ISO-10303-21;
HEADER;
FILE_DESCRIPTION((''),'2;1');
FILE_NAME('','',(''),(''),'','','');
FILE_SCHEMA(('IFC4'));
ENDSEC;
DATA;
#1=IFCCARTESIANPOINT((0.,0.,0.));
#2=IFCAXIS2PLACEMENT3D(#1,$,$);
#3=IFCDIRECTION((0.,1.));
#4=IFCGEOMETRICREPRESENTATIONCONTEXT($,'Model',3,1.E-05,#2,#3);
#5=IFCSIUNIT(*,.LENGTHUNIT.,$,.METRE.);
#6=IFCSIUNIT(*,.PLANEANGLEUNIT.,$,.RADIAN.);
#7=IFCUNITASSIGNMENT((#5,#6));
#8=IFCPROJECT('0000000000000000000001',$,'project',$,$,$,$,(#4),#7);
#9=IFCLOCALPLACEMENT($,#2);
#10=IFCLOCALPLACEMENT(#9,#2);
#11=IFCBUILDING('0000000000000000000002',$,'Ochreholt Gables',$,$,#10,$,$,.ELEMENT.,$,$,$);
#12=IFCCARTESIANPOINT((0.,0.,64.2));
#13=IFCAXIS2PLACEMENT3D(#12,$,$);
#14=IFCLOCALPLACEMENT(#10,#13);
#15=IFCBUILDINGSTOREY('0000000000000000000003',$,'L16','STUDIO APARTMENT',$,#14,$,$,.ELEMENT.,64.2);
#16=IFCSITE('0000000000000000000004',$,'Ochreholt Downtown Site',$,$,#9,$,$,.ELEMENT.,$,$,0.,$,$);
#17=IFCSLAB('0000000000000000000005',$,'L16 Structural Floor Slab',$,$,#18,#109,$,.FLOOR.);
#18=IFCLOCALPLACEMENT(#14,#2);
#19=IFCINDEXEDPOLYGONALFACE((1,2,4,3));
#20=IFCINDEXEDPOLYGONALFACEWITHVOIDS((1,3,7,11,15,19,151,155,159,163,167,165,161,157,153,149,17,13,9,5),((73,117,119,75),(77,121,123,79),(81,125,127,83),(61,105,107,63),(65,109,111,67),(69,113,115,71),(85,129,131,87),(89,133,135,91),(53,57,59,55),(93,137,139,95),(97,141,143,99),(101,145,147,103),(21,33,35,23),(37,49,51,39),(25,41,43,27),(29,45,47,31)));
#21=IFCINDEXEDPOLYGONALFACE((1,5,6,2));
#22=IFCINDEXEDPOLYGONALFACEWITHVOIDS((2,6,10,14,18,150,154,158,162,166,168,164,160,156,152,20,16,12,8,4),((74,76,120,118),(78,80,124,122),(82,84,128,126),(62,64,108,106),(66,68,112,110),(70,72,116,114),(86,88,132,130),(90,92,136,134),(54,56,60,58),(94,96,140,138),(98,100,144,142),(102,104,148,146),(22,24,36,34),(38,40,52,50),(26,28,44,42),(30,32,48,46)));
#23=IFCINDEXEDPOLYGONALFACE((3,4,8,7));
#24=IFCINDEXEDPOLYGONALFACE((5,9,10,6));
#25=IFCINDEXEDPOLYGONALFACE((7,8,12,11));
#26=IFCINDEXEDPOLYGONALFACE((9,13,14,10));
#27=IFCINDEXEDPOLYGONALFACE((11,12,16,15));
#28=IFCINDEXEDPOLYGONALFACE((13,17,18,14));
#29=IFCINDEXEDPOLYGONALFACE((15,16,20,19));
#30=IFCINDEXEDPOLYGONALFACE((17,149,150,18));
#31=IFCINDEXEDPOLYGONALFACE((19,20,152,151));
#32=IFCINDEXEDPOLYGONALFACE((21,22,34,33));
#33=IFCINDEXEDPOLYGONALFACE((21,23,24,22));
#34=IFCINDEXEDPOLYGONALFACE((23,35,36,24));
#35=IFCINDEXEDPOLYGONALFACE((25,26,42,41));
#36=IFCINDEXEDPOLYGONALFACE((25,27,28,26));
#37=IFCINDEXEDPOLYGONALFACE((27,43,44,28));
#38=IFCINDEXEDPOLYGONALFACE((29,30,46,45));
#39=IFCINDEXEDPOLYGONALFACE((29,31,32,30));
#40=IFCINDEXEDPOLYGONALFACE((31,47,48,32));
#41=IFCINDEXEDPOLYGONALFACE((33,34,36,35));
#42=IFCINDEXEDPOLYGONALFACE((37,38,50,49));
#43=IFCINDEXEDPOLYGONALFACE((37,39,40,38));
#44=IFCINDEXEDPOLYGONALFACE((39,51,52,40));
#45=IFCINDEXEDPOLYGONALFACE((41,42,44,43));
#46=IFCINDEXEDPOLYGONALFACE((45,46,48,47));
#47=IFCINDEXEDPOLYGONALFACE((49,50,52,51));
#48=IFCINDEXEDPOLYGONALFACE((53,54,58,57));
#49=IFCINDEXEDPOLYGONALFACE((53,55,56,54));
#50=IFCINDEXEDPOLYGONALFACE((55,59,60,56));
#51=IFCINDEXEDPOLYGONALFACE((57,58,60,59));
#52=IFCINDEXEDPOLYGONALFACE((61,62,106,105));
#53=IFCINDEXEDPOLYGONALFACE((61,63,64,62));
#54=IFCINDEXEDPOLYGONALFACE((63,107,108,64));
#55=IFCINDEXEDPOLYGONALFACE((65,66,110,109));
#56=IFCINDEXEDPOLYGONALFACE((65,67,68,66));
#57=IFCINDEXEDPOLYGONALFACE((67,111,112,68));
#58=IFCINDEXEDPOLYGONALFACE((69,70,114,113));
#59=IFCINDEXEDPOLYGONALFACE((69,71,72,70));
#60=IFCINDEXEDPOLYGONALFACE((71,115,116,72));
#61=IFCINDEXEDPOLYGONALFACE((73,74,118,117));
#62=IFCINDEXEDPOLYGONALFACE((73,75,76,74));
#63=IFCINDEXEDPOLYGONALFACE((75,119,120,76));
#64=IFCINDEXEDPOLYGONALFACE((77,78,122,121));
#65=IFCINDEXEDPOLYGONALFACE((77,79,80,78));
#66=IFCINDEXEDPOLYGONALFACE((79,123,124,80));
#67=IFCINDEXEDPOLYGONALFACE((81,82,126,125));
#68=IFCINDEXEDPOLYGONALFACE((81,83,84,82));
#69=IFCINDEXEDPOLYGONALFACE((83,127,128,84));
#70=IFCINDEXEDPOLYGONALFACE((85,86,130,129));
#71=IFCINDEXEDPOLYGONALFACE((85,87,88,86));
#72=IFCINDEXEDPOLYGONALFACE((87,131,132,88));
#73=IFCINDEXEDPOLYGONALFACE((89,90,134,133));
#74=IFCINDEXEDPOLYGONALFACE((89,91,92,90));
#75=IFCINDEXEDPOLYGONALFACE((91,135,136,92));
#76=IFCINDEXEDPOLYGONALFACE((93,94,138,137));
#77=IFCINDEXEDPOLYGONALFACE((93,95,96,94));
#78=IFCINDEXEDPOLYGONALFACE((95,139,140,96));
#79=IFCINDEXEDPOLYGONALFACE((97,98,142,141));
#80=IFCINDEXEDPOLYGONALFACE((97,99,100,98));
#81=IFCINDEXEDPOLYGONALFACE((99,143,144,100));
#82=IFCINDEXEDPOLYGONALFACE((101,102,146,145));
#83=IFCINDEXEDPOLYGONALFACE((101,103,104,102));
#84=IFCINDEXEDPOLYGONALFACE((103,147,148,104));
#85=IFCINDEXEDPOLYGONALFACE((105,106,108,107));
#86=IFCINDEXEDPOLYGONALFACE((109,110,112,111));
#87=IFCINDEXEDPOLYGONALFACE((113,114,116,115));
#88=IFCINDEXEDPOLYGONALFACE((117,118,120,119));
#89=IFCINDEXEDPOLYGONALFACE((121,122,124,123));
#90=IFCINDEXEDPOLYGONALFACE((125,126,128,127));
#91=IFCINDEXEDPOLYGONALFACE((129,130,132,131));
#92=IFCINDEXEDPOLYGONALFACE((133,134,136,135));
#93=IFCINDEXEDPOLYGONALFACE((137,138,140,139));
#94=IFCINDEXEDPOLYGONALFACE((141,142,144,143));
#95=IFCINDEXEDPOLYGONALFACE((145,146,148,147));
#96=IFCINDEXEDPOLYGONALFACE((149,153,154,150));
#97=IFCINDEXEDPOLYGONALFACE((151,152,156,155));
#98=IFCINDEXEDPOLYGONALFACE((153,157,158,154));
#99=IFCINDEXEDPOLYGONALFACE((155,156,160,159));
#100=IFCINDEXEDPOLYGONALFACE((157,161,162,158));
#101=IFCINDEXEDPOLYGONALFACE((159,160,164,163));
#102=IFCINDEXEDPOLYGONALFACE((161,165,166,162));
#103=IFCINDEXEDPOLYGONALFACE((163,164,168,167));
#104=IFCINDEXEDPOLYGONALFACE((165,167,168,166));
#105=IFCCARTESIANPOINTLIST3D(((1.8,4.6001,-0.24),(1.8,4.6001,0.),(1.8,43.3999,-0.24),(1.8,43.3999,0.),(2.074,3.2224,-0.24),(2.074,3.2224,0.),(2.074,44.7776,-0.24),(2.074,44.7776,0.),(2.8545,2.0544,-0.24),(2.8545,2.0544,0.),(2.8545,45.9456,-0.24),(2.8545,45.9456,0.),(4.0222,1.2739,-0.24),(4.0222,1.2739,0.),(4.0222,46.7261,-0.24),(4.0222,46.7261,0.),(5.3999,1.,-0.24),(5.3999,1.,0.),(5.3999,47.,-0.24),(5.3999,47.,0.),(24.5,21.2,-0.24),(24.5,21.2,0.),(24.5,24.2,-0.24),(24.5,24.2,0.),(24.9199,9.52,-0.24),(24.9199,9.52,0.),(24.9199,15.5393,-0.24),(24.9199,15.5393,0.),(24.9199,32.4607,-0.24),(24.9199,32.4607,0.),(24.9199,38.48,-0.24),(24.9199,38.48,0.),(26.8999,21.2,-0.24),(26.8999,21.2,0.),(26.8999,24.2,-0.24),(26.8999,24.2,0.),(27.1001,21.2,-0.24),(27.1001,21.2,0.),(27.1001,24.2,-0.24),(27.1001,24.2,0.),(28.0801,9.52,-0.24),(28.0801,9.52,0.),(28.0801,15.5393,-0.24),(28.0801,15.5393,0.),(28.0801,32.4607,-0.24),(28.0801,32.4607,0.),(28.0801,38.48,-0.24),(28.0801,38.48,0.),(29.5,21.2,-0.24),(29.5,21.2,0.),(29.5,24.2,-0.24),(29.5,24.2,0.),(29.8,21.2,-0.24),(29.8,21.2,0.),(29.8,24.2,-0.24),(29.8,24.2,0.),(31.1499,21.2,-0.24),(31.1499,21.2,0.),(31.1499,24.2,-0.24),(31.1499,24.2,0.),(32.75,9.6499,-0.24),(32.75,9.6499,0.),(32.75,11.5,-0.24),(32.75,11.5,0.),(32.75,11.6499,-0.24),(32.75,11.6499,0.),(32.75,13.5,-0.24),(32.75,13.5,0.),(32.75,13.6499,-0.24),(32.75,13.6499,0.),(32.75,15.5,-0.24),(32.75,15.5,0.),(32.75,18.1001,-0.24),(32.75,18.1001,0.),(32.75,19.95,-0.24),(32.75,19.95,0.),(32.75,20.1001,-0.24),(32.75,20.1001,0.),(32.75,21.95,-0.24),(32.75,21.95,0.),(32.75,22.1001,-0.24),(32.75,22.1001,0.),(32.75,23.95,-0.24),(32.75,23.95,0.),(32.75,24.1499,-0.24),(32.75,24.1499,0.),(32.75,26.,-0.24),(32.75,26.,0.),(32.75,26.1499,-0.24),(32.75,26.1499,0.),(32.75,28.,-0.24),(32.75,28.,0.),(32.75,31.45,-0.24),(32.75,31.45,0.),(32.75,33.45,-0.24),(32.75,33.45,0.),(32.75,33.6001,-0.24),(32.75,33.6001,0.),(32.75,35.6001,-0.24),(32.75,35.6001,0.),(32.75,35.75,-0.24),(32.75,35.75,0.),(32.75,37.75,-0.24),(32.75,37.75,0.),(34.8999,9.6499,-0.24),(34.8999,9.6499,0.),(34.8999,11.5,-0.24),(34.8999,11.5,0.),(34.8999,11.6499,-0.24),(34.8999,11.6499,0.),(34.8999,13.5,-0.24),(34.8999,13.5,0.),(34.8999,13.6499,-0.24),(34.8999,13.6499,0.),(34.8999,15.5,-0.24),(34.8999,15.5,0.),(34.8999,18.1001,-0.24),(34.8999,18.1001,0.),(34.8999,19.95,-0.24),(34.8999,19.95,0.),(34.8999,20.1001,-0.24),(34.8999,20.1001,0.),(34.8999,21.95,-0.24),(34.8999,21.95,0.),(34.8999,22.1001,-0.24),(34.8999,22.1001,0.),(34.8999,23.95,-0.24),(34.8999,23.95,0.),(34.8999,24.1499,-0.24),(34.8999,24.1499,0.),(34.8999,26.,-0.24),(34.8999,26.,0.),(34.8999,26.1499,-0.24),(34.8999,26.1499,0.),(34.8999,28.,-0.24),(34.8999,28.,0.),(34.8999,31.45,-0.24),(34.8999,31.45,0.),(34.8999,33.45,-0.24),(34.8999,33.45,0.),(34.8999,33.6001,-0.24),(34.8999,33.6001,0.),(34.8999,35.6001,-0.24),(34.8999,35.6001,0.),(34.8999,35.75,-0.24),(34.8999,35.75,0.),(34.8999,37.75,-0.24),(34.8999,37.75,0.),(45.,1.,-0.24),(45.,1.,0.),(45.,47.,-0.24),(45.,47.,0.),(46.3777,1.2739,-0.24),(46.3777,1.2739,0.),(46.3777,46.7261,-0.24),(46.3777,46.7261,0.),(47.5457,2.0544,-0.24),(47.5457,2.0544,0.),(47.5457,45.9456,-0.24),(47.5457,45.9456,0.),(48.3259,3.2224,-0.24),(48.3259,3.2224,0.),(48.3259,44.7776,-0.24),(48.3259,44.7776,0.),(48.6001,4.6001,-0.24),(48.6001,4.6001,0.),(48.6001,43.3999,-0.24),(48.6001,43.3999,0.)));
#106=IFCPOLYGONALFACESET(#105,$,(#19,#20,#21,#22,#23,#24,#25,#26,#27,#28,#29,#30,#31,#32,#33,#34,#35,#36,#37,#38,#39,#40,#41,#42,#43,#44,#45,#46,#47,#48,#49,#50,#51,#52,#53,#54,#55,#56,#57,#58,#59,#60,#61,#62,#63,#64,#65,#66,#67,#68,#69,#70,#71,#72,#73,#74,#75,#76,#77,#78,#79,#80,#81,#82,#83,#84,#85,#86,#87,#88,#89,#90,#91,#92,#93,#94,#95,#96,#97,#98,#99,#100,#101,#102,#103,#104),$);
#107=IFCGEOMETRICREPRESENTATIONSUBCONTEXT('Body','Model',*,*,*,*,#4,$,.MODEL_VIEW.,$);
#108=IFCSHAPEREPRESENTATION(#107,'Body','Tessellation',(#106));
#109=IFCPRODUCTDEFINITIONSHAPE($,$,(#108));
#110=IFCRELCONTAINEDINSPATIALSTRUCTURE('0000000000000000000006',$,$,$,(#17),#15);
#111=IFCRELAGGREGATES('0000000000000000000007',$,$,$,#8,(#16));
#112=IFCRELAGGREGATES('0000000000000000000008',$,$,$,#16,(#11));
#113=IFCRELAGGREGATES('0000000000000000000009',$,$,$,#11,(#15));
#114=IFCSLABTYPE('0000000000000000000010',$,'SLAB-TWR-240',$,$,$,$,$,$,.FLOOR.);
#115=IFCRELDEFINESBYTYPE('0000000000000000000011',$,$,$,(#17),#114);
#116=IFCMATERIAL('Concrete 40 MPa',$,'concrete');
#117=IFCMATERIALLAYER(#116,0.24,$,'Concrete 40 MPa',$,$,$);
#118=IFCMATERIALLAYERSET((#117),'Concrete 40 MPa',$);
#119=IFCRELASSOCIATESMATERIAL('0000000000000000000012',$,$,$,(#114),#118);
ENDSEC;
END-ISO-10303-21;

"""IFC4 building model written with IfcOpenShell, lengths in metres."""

from ifc_helpers import new_model, si_unit, direction, frame, origin, place, context, subcontext, project, spatial, polyline, outline, extrude, material, layer, layer_set, type_object, element, save


model = new_model("IFC4")

# Units and contexts
model_context = context("Model", 3, precision=1e-05, world=origin(), true_north=direction((0.0, 1.0)))
body_context = subcontext(model_context, "Body", "Model", "MODEL_VIEW")
ifc_project = project(units=[si_unit("LENGTHUNIT", "METRE"), si_unit("PLANEANGLEUNIT", "RADIAN")], contexts=[model_context])

# Site, building, storey
site_placement = place(None, origin())
site = spatial("IfcSite", under=ifc_project, at=site_placement, Name="Ochreholt Downtown Site", CompositionType="ELEMENT", RefElevation=0.0)
building_placement = place(site_placement, origin())
building = spatial("IfcBuilding", under=site, at=building_placement, Name="Ochreholt Gables", CompositionType="ELEMENT")
storey_placement = place(building_placement, frame((0.0, 0.0, 64.2)))
storey = spatial("IfcBuildingStorey", under=building, at=storey_placement, Name="L16", Description="STUDIO APARTMENT", CompositionType="ELEMENT", Elevation=64.2)

# Shared definitions
ifc_material_1 = material(Name="Concrete 40 MPa", Category="concrete")

# Slab
ifc_layer_1 = layer(ifc_material_1, 0.24, Name="Concrete 40 MPa")
ifc_layer_set_1 = layer_set([ifc_layer_1], Name="Concrete 40 MPa")
slab_type_1 = type_object("IfcSlabType", Name="SLAB-TWR-240", PredefinedType="FLOOR", material=ifc_layer_set_1)
slab_1_placement = place(storey_placement, frame((0.0, 0.0, -0.24)))
element("IfcSlab", 1, at=slab_1_placement, inside=storey, type_object=slab_type_1, Name="L16 Structural Floor Slab", PredefinedType="FLOOR", context=body_context, shape_type="SweptSolid", body=[
    extrude(outline(polyline([(1.8, 4.6001), (2.074, 3.2224), (2.8545, 2.0544), (4.0222, 1.2739), (5.3999, 1.0), (45.0, 1.0), (46.3777, 1.2739), (47.5457, 2.0544), (48.3259, 3.2224), (48.6001, 4.6001), (48.6001, 43.3999), (48.3259, 44.7776), (47.5457, 45.9456), (46.3777, 46.7261), (45.0, 47.0), (5.3999, 47.0), (4.0222, 46.7261), (2.8545, 45.9456), (2.074, 44.7776), (1.8, 43.3999), (1.8, 4.6001)]), holes=[polyline([(24.9199, 15.5393), (24.9199, 9.52), (28.0801, 9.52), (28.0801, 15.5393), (24.9199, 15.5393)]), polyline([(28.0801, 32.4607), (28.0801, 38.48), (24.9199, 38.48), (24.9199, 32.4607), (28.0801, 32.4607)]), polyline([(24.5, 21.2), (26.8999, 21.2), (26.8999, 24.2), (24.5, 24.2), (24.5, 21.2)]), polyline([(27.1001, 21.2), (29.5, 21.2), (29.5, 24.2), (27.1001, 24.2), (27.1001, 21.2)]), polyline([(32.75, 9.6499), (34.8999, 9.6499), (34.8999, 11.5), (32.75, 11.5), (32.75, 9.6499)]), polyline([(32.75, 11.6499), (34.8999, 11.6499), (34.8999, 13.5), (32.75, 13.5), (32.75, 11.6499)]), polyline([(32.75, 13.6499), (34.8999, 13.6499), (34.8999, 15.5), (32.75, 15.5), (32.75, 13.6499)]), polyline([(32.75, 18.1001), (34.8999, 18.1001), (34.8999, 19.95), (32.75, 19.95), (32.75, 18.1001)]), polyline([(32.75, 20.1001), (34.8999, 20.1001), (34.8999, 21.95), (32.75, 21.95), (32.75, 20.1001)]), polyline([(32.75, 22.1001), (34.8999, 22.1001), (34.8999, 23.95), (32.75, 23.95), (32.75, 22.1001)]), polyline([(32.75, 24.1499), (34.8999, 24.1499), (34.8999, 26.0), (32.75, 26.0), (32.75, 24.1499)]), polyline([(32.75, 26.1499), (34.8999, 26.1499), (34.8999, 28.0), (32.75, 28.0), (32.75, 26.1499)]), polyline([(32.75, 31.45), (34.8999, 31.45), (34.8999, 33.45), (32.75, 33.45), (32.75, 31.45)]), polyline([(32.75, 33.6001), (34.8999, 33.6001), (34.8999, 35.6001), (32.75, 35.6001), (32.75, 33.6001)]), polyline([(32.75, 35.75), (34.8999, 35.75), (34.8999, 37.75), (32.75, 37.75), (32.75, 35.75)]), polyline([(29.8, 21.2), (31.1499, 21.2), (31.1499, 24.2), (29.8, 24.2), (29.8, 21.2)])]), origin(), (0.0, 0.0, 1.0), 0.24),
])

save(model, "model.ifc")
